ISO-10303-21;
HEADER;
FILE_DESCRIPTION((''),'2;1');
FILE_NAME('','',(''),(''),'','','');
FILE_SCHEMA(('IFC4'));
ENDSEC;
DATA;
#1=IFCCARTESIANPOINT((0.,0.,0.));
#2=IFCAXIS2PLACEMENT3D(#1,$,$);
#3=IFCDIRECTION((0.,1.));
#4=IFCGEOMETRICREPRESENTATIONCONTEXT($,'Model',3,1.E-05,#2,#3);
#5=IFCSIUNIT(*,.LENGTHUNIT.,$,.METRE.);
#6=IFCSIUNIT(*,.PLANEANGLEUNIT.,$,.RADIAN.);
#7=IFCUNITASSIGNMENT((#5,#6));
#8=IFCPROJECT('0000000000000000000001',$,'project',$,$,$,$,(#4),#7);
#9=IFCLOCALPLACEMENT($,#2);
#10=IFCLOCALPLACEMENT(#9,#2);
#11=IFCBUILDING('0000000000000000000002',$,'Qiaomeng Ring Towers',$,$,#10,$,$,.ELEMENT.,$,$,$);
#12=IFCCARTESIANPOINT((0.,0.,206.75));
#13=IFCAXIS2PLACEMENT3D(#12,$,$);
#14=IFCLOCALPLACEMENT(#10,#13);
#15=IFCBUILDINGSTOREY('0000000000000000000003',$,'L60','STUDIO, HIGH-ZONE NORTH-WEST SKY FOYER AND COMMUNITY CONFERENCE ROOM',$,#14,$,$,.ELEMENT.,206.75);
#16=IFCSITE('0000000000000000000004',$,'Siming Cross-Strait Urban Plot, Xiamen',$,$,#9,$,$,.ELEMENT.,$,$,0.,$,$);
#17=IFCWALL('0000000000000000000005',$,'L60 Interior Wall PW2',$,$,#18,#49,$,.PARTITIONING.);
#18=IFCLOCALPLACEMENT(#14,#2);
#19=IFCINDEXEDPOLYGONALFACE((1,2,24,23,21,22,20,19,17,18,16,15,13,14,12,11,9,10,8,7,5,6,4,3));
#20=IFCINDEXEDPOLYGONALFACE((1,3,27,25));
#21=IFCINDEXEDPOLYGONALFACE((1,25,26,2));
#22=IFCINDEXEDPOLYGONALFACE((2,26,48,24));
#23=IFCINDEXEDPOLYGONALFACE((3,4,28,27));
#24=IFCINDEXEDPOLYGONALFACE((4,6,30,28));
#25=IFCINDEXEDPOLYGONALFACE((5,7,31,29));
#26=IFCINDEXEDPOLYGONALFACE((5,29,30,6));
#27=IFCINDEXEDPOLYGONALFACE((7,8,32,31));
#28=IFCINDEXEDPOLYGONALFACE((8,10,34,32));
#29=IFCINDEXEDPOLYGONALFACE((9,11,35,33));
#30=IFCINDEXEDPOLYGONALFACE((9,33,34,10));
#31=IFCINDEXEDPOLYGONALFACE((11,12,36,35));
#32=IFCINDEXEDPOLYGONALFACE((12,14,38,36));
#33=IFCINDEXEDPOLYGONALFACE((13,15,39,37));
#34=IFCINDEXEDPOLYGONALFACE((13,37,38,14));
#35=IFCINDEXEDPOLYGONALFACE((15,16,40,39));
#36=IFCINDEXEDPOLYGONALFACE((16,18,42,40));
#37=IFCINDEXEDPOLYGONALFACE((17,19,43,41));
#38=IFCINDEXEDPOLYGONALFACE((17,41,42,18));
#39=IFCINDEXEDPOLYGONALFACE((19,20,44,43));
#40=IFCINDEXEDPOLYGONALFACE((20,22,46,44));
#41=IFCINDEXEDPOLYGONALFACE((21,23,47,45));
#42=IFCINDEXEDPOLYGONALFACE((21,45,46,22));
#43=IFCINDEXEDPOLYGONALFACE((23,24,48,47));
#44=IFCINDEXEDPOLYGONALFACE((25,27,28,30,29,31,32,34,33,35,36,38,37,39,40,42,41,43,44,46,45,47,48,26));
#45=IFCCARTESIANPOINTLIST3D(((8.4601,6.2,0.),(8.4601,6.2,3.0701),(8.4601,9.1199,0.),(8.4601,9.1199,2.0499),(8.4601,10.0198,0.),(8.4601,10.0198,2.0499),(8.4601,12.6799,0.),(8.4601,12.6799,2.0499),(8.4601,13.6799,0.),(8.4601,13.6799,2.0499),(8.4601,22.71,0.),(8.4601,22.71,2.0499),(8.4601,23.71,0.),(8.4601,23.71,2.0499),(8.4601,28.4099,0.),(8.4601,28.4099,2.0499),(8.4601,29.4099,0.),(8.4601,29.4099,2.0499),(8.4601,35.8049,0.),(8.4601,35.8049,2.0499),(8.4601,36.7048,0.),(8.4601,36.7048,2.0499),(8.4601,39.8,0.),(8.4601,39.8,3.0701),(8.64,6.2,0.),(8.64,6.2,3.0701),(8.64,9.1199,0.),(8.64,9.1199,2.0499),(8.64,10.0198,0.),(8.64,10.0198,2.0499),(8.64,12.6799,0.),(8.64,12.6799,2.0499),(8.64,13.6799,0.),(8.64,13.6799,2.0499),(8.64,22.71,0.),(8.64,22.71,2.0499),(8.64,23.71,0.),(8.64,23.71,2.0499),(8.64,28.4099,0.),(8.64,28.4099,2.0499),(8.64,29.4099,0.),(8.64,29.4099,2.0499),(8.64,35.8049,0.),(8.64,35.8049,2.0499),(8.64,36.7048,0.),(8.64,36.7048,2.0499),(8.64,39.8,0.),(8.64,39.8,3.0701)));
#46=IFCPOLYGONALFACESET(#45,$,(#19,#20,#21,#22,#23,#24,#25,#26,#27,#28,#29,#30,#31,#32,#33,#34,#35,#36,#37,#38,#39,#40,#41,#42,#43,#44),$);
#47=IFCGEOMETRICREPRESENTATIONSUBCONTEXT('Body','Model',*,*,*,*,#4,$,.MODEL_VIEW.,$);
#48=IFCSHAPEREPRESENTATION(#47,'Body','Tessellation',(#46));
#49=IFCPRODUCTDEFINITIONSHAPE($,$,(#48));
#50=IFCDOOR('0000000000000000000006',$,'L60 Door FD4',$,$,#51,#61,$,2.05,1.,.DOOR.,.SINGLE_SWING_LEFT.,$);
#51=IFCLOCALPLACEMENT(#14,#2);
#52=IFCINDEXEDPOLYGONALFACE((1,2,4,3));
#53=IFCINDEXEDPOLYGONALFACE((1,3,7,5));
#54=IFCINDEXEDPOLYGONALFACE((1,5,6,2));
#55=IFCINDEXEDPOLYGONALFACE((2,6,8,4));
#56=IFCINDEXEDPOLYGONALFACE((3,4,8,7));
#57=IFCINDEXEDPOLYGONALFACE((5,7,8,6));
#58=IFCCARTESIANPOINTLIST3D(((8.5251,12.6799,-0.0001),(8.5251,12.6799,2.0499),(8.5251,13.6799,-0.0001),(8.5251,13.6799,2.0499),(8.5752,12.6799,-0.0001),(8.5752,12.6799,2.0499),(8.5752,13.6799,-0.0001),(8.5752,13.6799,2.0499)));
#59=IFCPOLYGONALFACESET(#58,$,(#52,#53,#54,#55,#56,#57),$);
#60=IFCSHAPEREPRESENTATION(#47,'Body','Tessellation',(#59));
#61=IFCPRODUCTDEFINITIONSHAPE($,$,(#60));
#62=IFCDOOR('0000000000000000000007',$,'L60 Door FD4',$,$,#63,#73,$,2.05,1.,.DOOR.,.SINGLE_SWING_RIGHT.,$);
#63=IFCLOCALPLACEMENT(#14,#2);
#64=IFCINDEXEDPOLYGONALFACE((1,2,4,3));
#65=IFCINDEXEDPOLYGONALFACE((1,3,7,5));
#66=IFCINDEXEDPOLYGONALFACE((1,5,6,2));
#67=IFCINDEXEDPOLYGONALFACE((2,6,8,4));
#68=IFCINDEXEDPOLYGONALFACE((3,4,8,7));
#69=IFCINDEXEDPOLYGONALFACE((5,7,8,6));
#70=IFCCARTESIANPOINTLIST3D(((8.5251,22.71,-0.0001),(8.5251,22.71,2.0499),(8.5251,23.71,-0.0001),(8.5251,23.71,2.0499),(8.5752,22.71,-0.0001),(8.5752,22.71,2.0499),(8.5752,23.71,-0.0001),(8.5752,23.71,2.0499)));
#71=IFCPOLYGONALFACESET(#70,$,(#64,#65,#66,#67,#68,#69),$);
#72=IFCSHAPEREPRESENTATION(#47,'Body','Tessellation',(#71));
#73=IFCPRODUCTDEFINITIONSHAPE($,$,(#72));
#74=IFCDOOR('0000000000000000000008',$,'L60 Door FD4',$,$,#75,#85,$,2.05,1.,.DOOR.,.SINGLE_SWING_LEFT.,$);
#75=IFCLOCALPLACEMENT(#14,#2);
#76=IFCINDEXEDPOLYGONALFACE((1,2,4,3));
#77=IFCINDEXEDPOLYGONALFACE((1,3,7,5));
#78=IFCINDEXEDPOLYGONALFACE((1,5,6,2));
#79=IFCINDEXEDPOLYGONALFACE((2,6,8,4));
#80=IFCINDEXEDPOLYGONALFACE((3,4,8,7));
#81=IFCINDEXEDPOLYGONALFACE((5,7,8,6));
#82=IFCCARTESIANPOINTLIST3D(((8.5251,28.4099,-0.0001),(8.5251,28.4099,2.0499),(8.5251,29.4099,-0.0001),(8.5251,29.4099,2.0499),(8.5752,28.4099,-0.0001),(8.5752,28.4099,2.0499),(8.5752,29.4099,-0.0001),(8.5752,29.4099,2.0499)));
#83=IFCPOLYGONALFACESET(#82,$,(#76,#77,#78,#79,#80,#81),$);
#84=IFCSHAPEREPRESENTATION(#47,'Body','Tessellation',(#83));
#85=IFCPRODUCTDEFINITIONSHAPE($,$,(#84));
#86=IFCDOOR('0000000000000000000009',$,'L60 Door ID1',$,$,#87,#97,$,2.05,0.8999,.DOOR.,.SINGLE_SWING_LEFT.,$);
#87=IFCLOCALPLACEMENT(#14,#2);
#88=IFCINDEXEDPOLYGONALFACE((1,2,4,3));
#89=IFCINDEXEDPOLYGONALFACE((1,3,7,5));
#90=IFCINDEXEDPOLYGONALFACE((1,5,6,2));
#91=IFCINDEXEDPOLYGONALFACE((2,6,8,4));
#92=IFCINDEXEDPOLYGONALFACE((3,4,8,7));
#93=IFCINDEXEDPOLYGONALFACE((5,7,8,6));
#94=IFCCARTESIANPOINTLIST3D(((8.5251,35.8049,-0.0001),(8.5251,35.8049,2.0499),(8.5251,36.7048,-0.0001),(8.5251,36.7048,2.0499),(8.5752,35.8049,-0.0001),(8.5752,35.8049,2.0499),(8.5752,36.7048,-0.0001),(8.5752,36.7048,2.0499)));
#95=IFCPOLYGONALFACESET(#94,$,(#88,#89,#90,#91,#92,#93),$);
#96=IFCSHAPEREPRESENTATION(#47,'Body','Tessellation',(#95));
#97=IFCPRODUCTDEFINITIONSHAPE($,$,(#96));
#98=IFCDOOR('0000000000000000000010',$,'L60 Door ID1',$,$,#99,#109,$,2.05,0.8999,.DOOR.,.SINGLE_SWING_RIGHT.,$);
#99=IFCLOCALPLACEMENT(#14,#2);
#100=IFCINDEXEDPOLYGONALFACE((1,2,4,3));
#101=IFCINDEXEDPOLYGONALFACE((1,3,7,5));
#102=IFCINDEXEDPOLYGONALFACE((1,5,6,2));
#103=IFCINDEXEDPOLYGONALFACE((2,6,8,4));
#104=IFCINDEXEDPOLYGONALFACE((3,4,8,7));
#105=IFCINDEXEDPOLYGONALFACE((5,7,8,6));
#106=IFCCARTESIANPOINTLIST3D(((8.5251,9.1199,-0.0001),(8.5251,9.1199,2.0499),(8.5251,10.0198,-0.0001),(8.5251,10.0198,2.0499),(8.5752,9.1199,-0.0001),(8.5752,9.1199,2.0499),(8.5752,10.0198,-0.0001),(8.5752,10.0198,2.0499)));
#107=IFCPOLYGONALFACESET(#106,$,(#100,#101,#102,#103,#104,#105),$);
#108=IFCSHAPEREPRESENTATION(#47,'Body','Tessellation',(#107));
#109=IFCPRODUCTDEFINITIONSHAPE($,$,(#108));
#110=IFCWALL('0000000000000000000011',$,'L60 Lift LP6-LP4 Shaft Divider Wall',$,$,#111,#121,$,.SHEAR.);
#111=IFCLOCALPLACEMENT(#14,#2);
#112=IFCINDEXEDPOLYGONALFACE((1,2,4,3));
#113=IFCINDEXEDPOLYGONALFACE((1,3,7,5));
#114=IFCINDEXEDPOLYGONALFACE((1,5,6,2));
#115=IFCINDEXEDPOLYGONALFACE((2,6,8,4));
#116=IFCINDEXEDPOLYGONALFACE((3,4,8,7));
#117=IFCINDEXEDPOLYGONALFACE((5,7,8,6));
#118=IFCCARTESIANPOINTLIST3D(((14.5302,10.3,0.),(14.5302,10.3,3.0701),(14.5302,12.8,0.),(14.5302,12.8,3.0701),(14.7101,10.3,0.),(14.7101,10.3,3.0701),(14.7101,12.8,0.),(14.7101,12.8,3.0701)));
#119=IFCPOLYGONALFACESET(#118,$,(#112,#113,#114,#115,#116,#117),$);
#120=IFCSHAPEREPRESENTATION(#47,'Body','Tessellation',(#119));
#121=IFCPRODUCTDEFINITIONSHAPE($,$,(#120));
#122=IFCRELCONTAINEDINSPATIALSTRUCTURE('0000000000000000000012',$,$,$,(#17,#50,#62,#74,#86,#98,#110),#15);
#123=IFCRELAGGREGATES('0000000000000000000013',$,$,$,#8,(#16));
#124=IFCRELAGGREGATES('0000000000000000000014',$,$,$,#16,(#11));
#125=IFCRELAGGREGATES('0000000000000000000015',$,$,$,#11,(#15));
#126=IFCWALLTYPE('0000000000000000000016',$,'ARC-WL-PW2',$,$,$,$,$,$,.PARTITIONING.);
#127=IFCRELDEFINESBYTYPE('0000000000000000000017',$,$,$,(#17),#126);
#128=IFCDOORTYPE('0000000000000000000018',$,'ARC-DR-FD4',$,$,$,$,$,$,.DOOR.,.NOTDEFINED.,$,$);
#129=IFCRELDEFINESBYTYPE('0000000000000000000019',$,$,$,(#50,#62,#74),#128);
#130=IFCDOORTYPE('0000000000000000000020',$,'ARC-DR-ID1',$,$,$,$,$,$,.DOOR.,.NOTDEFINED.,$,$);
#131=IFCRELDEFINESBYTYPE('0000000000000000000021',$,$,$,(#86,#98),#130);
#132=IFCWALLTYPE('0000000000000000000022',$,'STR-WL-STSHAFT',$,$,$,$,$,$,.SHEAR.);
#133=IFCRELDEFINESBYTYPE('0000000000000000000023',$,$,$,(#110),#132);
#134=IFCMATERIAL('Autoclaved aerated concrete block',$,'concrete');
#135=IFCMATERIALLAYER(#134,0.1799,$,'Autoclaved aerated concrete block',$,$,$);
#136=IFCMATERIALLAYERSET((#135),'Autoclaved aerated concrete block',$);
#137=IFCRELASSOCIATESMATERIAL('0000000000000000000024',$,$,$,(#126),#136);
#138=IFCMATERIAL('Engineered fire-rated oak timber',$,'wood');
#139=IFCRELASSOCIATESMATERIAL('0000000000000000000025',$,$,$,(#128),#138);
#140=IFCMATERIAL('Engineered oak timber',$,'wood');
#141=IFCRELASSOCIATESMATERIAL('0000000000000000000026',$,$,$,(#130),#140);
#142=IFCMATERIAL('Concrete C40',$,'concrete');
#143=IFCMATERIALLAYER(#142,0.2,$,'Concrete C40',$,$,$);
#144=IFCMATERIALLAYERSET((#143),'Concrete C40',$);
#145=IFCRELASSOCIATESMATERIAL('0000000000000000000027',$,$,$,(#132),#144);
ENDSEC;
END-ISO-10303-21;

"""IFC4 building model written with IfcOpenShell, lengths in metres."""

from ifc_helpers import new_model, si_unit, direction, frame, frame_2d, origin, place, context, subcontext, project, spatial, rectangle, extrude, source, transform, mapped, material, layer, layer_set, type_object, element, fill, save


model = new_model("IFC4")

# Units and contexts
model_context = context("Model", 3, precision=1e-05, world=origin(), true_north=direction((0.0, 1.0)))
body_context = subcontext(model_context, "Body", "Model", "MODEL_VIEW")
ifc_project = project(units=[si_unit("LENGTHUNIT", "METRE"), si_unit("PLANEANGLEUNIT", "RADIAN")], contexts=[model_context])

# Site, building, storey
site_placement = place(None, origin())
site = spatial("IfcSite", under=ifc_project, at=site_placement, Name="Siming Cross-Strait Urban Plot, Xiamen", CompositionType="ELEMENT", RefElevation=0.0)
building_placement = place(site_placement, origin())
building = spatial("IfcBuilding", under=site, at=building_placement, Name="Qiaomeng Ring Towers", CompositionType="ELEMENT")
storey_placement = place(building_placement, frame((0.0, 0.0, 206.75)))
storey = spatial("IfcBuildingStorey", under=building, at=storey_placement, Name="L60", Description="STUDIO, HIGH-ZONE NORTH-WEST SKY FOYER AND COMMUNITY CONFERENCE ROOM", CompositionType="ELEMENT", Elevation=206.75)

# Shared definitions
ifc_material_1 = material(Name="Autoclaved aerated concrete block", Category="concrete")

# Wall, openings, doors
ifc_layer_1 = layer(ifc_material_1, 0.1799, Name="Autoclaved aerated concrete block")
ifc_layer_set_1 = layer_set([ifc_layer_1], Name="Autoclaved aerated concrete block")
wall_type_1 = type_object("IfcWallType", Name="ARC-WL-PW2", PredefinedType="PARTITIONING", material=ifc_layer_set_1)
wall_1_placement = place(storey_placement, frame((8.55, 6.2, 0.0), z_axis=(0.0, 0.0, 1.0), x_axis=(0.0, 1.0, 0.0)))
wall_1 = element("IfcWall", 1, at=wall_1_placement, inside=storey, type_object=wall_type_1, Name="L60 Interior Wall PW2", PredefinedType="PARTITIONING", context=body_context, shape_type="SweptSolid", body=[
    extrude(rectangle(XDim=33.6001, YDim=0.1799, at=frame_2d((16.8, 0.0))), origin(), (0.0, 0.0, 1.0), 3.0701),
])
opening_1_placement = place(wall_1_placement, frame((29.605, 0.0, 0.0)))
opening_1 = element("IfcOpeningElement", 2, at=opening_1_placement, cuts=wall_1, PredefinedType="OPENING", context=body_context, shape_type="SweptSolid", body=[
    extrude(rectangle(XDim=0.8999, YDim=2.05, at=frame_2d((0.45, 1.0249))), frame((0.0, 0.0999, 0.0), z_axis=(0.0, -1.0, 0.0), x_axis=(1.0, 0.0, 0.0)), (0.0, 0.0, 1.0), 0.2),
])
opening_2_placement = place(wall_1_placement, frame((2.9199, 0.0, 0.0)))
opening_2 = element("IfcOpeningElement", 3, at=opening_2_placement, cuts=wall_1, PredefinedType="OPENING", context=body_context, shape_type="SweptSolid", body=[
    extrude(rectangle(XDim=0.8999, YDim=2.05, at=frame_2d((0.45, 1.0249))), frame((0.0, 0.0999, 0.0), z_axis=(0.0, -1.0, 0.0), x_axis=(1.0, 0.0, 0.0)), (0.0, 0.0, 1.0), 0.2),
])
opening_3_placement = place(wall_1_placement, frame((6.48, 0.0, 0.0)))
opening_3 = element("IfcOpeningElement", 4, at=opening_3_placement, cuts=wall_1, PredefinedType="OPENING", context=body_context, shape_type="SweptSolid", body=[
    extrude(rectangle(XDim=1.0, YDim=2.05, at=frame_2d((0.5, 1.0249))), frame((0.0, 0.0999, 0.0), z_axis=(0.0, -1.0, 0.0), x_axis=(1.0, 0.0, 0.0)), (0.0, 0.0, 1.0), 0.2),
])
opening_4_placement = place(wall_1_placement, frame((16.51, 0.0, 0.0)))
opening_4 = element("IfcOpeningElement", 5, at=opening_4_placement, cuts=wall_1, PredefinedType="OPENING", context=body_context, shape_type="SweptSolid", body=[
    extrude(rectangle(XDim=1.0, YDim=2.05, at=frame_2d((0.5, 1.0249))), frame((0.0, 0.0999, 0.0), z_axis=(0.0, -1.0, 0.0), x_axis=(1.0, 0.0, 0.0)), (0.0, 0.0, 1.0), 0.2),
])
opening_5_placement = place(wall_1_placement, frame((22.21, 0.0, 0.0)))
opening_5 = element("IfcOpeningElement", 6, at=opening_5_placement, cuts=wall_1, PredefinedType="OPENING", context=body_context, shape_type="SweptSolid", body=[
    extrude(rectangle(XDim=1.0, YDim=2.05, at=frame_2d((0.5, 1.0249))), frame((0.0, 0.0999, 0.0), z_axis=(0.0, -1.0, 0.0), x_axis=(1.0, 0.0, 0.0)), (0.0, 0.0, 1.0), 0.2),
])
ifc_material_2 = material(Name="Engineered fire-rated oak timber", Category="wood")
door_type_1 = type_object("IfcDoorType", Name="ARC-DR-FD4", OperationType="NOTDEFINED", PredefinedType="DOOR", material=ifc_material_2)
shared_shape_1 = source(origin(), body_context, "Body", "SweptSolid", [
    extrude(rectangle(XDim=1.0, YDim=2.05, at=frame_2d((0.5, 1.0249))), frame((0.0, 0.0249, 0.0), z_axis=(0.0, -1.0, 0.0), x_axis=(1.0, 0.0, 0.0)), (0.0, 0.0, 1.0), 0.05),
])
door_1_placement = place(opening_3_placement, origin())
door_1 = element("IfcDoor", 7, at=door_1_placement, inside=storey, type_object=door_type_1, Name="L60 Door FD4", OperationType="SINGLE_SWING_LEFT", OverallHeight=2.05, OverallWidth=1.0, PredefinedType="DOOR", context=body_context, shape_type="MappedRepresentation", body=[
    mapped(shared_shape_1, transform((0.0, 0.0, 0.0), x_axis=(1.0, 0.0, 0.0), y_axis=(0.0, 1.0, 0.0), z_axis=(0.0, 0.0, 1.0), scale=1.0)),
])
fill(opening_3, door_1)
door_2_placement = place(opening_4_placement, origin())
door_2 = element("IfcDoor", 8, at=door_2_placement, inside=storey, type_object=door_type_1, Name="L60 Door FD4", OperationType="SINGLE_SWING_RIGHT", OverallHeight=2.05, OverallWidth=1.0, PredefinedType="DOOR", context=body_context, shape_type="MappedRepresentation", body=[
    mapped(shared_shape_1, transform((0.0, 0.0, 0.0), x_axis=(1.0, 0.0, 0.0), y_axis=(0.0, 1.0, 0.0), z_axis=(0.0, 0.0, 1.0), scale=1.0)),
])
fill(opening_4, door_2)
door_3_placement = place(opening_5_placement, origin())
door_3 = element("IfcDoor", 9, at=door_3_placement, inside=storey, type_object=door_type_1, Name="L60 Door FD4", OperationType="SINGLE_SWING_LEFT", OverallHeight=2.05, OverallWidth=1.0, PredefinedType="DOOR", context=body_context, shape_type="MappedRepresentation", body=[
    mapped(shared_shape_1, transform((0.0, 0.0, 0.0), x_axis=(1.0, 0.0, 0.0), y_axis=(0.0, 1.0, 0.0), z_axis=(0.0, 0.0, 1.0), scale=1.0)),
])
fill(opening_5, door_3)
ifc_material_3 = material(Name="Engineered oak timber", Category="wood")
door_type_2 = type_object("IfcDoorType", Name="ARC-DR-ID1", OperationType="NOTDEFINED", PredefinedType="DOOR", material=ifc_material_3)
shared_shape_2 = source(origin(), body_context, "Body", "SweptSolid", [
    extrude(rectangle(XDim=0.8999, YDim=2.05, at=frame_2d((0.45, 1.0249))), frame((0.0, 0.0249, 0.0), z_axis=(0.0, -1.0, 0.0), x_axis=(1.0, 0.0, 0.0)), (0.0, 0.0, 1.0), 0.05),
])
door_4_placement = place(opening_1_placement, origin())
door_4 = element("IfcDoor", 10, at=door_4_placement, inside=storey, type_object=door_type_2, Name="L60 Door ID1", OperationType="SINGLE_SWING_LEFT", OverallHeight=2.05, OverallWidth=0.8999, PredefinedType="DOOR", context=body_context, shape_type="MappedRepresentation", body=[
    mapped(shared_shape_2, transform((0.0, 0.0, 0.0), x_axis=(1.0, 0.0, 0.0), y_axis=(0.0, 1.0, 0.0), z_axis=(0.0, 0.0, 1.0), scale=1.0)),
])
fill(opening_1, door_4)
door_5_placement = place(opening_2_placement, origin())
door_5 = element("IfcDoor", 11, at=door_5_placement, inside=storey, type_object=door_type_2, Name="L60 Door ID1", OperationType="SINGLE_SWING_RIGHT", OverallHeight=2.05, OverallWidth=0.8999, PredefinedType="DOOR", context=body_context, shape_type="MappedRepresentation", body=[
    mapped(shared_shape_2, transform((0.0, 0.0, 0.0), x_axis=(1.0, 0.0, 0.0), y_axis=(0.0, 1.0, 0.0), z_axis=(0.0, 0.0, 1.0), scale=1.0)),
])
fill(opening_2, door_5)

# Wall
ifc_material_4 = material(Name="Concrete C40", Category="concrete")
ifc_layer_2 = layer(ifc_material_4, 0.2, Name="Concrete C40")
ifc_layer_set_2 = layer_set([ifc_layer_2], Name="Concrete C40")
wall_type_2 = type_object("IfcWallType", Name="STR-WL-STSHAFT", PredefinedType="SHEAR", material=ifc_layer_set_2)
wall_2_placement = place(storey_placement, frame((14.6201, 10.3, 0.0), z_axis=(0.0, 0.0, 1.0), x_axis=(0.0, 1.0, 0.0)))
element("IfcWall", 12, at=wall_2_placement, inside=storey, type_object=wall_type_2, Name="L60 Lift LP6-LP4 Shaft Divider Wall", PredefinedType="SHEAR", context=body_context, shape_type="SweptSolid", body=[
    extrude(rectangle(XDim=2.5, YDim=0.1799, at=frame_2d((1.25, 0.0))), origin(), (0.0, 0.0, 1.0), 3.0701),
])

save(model, "model.ifc")
